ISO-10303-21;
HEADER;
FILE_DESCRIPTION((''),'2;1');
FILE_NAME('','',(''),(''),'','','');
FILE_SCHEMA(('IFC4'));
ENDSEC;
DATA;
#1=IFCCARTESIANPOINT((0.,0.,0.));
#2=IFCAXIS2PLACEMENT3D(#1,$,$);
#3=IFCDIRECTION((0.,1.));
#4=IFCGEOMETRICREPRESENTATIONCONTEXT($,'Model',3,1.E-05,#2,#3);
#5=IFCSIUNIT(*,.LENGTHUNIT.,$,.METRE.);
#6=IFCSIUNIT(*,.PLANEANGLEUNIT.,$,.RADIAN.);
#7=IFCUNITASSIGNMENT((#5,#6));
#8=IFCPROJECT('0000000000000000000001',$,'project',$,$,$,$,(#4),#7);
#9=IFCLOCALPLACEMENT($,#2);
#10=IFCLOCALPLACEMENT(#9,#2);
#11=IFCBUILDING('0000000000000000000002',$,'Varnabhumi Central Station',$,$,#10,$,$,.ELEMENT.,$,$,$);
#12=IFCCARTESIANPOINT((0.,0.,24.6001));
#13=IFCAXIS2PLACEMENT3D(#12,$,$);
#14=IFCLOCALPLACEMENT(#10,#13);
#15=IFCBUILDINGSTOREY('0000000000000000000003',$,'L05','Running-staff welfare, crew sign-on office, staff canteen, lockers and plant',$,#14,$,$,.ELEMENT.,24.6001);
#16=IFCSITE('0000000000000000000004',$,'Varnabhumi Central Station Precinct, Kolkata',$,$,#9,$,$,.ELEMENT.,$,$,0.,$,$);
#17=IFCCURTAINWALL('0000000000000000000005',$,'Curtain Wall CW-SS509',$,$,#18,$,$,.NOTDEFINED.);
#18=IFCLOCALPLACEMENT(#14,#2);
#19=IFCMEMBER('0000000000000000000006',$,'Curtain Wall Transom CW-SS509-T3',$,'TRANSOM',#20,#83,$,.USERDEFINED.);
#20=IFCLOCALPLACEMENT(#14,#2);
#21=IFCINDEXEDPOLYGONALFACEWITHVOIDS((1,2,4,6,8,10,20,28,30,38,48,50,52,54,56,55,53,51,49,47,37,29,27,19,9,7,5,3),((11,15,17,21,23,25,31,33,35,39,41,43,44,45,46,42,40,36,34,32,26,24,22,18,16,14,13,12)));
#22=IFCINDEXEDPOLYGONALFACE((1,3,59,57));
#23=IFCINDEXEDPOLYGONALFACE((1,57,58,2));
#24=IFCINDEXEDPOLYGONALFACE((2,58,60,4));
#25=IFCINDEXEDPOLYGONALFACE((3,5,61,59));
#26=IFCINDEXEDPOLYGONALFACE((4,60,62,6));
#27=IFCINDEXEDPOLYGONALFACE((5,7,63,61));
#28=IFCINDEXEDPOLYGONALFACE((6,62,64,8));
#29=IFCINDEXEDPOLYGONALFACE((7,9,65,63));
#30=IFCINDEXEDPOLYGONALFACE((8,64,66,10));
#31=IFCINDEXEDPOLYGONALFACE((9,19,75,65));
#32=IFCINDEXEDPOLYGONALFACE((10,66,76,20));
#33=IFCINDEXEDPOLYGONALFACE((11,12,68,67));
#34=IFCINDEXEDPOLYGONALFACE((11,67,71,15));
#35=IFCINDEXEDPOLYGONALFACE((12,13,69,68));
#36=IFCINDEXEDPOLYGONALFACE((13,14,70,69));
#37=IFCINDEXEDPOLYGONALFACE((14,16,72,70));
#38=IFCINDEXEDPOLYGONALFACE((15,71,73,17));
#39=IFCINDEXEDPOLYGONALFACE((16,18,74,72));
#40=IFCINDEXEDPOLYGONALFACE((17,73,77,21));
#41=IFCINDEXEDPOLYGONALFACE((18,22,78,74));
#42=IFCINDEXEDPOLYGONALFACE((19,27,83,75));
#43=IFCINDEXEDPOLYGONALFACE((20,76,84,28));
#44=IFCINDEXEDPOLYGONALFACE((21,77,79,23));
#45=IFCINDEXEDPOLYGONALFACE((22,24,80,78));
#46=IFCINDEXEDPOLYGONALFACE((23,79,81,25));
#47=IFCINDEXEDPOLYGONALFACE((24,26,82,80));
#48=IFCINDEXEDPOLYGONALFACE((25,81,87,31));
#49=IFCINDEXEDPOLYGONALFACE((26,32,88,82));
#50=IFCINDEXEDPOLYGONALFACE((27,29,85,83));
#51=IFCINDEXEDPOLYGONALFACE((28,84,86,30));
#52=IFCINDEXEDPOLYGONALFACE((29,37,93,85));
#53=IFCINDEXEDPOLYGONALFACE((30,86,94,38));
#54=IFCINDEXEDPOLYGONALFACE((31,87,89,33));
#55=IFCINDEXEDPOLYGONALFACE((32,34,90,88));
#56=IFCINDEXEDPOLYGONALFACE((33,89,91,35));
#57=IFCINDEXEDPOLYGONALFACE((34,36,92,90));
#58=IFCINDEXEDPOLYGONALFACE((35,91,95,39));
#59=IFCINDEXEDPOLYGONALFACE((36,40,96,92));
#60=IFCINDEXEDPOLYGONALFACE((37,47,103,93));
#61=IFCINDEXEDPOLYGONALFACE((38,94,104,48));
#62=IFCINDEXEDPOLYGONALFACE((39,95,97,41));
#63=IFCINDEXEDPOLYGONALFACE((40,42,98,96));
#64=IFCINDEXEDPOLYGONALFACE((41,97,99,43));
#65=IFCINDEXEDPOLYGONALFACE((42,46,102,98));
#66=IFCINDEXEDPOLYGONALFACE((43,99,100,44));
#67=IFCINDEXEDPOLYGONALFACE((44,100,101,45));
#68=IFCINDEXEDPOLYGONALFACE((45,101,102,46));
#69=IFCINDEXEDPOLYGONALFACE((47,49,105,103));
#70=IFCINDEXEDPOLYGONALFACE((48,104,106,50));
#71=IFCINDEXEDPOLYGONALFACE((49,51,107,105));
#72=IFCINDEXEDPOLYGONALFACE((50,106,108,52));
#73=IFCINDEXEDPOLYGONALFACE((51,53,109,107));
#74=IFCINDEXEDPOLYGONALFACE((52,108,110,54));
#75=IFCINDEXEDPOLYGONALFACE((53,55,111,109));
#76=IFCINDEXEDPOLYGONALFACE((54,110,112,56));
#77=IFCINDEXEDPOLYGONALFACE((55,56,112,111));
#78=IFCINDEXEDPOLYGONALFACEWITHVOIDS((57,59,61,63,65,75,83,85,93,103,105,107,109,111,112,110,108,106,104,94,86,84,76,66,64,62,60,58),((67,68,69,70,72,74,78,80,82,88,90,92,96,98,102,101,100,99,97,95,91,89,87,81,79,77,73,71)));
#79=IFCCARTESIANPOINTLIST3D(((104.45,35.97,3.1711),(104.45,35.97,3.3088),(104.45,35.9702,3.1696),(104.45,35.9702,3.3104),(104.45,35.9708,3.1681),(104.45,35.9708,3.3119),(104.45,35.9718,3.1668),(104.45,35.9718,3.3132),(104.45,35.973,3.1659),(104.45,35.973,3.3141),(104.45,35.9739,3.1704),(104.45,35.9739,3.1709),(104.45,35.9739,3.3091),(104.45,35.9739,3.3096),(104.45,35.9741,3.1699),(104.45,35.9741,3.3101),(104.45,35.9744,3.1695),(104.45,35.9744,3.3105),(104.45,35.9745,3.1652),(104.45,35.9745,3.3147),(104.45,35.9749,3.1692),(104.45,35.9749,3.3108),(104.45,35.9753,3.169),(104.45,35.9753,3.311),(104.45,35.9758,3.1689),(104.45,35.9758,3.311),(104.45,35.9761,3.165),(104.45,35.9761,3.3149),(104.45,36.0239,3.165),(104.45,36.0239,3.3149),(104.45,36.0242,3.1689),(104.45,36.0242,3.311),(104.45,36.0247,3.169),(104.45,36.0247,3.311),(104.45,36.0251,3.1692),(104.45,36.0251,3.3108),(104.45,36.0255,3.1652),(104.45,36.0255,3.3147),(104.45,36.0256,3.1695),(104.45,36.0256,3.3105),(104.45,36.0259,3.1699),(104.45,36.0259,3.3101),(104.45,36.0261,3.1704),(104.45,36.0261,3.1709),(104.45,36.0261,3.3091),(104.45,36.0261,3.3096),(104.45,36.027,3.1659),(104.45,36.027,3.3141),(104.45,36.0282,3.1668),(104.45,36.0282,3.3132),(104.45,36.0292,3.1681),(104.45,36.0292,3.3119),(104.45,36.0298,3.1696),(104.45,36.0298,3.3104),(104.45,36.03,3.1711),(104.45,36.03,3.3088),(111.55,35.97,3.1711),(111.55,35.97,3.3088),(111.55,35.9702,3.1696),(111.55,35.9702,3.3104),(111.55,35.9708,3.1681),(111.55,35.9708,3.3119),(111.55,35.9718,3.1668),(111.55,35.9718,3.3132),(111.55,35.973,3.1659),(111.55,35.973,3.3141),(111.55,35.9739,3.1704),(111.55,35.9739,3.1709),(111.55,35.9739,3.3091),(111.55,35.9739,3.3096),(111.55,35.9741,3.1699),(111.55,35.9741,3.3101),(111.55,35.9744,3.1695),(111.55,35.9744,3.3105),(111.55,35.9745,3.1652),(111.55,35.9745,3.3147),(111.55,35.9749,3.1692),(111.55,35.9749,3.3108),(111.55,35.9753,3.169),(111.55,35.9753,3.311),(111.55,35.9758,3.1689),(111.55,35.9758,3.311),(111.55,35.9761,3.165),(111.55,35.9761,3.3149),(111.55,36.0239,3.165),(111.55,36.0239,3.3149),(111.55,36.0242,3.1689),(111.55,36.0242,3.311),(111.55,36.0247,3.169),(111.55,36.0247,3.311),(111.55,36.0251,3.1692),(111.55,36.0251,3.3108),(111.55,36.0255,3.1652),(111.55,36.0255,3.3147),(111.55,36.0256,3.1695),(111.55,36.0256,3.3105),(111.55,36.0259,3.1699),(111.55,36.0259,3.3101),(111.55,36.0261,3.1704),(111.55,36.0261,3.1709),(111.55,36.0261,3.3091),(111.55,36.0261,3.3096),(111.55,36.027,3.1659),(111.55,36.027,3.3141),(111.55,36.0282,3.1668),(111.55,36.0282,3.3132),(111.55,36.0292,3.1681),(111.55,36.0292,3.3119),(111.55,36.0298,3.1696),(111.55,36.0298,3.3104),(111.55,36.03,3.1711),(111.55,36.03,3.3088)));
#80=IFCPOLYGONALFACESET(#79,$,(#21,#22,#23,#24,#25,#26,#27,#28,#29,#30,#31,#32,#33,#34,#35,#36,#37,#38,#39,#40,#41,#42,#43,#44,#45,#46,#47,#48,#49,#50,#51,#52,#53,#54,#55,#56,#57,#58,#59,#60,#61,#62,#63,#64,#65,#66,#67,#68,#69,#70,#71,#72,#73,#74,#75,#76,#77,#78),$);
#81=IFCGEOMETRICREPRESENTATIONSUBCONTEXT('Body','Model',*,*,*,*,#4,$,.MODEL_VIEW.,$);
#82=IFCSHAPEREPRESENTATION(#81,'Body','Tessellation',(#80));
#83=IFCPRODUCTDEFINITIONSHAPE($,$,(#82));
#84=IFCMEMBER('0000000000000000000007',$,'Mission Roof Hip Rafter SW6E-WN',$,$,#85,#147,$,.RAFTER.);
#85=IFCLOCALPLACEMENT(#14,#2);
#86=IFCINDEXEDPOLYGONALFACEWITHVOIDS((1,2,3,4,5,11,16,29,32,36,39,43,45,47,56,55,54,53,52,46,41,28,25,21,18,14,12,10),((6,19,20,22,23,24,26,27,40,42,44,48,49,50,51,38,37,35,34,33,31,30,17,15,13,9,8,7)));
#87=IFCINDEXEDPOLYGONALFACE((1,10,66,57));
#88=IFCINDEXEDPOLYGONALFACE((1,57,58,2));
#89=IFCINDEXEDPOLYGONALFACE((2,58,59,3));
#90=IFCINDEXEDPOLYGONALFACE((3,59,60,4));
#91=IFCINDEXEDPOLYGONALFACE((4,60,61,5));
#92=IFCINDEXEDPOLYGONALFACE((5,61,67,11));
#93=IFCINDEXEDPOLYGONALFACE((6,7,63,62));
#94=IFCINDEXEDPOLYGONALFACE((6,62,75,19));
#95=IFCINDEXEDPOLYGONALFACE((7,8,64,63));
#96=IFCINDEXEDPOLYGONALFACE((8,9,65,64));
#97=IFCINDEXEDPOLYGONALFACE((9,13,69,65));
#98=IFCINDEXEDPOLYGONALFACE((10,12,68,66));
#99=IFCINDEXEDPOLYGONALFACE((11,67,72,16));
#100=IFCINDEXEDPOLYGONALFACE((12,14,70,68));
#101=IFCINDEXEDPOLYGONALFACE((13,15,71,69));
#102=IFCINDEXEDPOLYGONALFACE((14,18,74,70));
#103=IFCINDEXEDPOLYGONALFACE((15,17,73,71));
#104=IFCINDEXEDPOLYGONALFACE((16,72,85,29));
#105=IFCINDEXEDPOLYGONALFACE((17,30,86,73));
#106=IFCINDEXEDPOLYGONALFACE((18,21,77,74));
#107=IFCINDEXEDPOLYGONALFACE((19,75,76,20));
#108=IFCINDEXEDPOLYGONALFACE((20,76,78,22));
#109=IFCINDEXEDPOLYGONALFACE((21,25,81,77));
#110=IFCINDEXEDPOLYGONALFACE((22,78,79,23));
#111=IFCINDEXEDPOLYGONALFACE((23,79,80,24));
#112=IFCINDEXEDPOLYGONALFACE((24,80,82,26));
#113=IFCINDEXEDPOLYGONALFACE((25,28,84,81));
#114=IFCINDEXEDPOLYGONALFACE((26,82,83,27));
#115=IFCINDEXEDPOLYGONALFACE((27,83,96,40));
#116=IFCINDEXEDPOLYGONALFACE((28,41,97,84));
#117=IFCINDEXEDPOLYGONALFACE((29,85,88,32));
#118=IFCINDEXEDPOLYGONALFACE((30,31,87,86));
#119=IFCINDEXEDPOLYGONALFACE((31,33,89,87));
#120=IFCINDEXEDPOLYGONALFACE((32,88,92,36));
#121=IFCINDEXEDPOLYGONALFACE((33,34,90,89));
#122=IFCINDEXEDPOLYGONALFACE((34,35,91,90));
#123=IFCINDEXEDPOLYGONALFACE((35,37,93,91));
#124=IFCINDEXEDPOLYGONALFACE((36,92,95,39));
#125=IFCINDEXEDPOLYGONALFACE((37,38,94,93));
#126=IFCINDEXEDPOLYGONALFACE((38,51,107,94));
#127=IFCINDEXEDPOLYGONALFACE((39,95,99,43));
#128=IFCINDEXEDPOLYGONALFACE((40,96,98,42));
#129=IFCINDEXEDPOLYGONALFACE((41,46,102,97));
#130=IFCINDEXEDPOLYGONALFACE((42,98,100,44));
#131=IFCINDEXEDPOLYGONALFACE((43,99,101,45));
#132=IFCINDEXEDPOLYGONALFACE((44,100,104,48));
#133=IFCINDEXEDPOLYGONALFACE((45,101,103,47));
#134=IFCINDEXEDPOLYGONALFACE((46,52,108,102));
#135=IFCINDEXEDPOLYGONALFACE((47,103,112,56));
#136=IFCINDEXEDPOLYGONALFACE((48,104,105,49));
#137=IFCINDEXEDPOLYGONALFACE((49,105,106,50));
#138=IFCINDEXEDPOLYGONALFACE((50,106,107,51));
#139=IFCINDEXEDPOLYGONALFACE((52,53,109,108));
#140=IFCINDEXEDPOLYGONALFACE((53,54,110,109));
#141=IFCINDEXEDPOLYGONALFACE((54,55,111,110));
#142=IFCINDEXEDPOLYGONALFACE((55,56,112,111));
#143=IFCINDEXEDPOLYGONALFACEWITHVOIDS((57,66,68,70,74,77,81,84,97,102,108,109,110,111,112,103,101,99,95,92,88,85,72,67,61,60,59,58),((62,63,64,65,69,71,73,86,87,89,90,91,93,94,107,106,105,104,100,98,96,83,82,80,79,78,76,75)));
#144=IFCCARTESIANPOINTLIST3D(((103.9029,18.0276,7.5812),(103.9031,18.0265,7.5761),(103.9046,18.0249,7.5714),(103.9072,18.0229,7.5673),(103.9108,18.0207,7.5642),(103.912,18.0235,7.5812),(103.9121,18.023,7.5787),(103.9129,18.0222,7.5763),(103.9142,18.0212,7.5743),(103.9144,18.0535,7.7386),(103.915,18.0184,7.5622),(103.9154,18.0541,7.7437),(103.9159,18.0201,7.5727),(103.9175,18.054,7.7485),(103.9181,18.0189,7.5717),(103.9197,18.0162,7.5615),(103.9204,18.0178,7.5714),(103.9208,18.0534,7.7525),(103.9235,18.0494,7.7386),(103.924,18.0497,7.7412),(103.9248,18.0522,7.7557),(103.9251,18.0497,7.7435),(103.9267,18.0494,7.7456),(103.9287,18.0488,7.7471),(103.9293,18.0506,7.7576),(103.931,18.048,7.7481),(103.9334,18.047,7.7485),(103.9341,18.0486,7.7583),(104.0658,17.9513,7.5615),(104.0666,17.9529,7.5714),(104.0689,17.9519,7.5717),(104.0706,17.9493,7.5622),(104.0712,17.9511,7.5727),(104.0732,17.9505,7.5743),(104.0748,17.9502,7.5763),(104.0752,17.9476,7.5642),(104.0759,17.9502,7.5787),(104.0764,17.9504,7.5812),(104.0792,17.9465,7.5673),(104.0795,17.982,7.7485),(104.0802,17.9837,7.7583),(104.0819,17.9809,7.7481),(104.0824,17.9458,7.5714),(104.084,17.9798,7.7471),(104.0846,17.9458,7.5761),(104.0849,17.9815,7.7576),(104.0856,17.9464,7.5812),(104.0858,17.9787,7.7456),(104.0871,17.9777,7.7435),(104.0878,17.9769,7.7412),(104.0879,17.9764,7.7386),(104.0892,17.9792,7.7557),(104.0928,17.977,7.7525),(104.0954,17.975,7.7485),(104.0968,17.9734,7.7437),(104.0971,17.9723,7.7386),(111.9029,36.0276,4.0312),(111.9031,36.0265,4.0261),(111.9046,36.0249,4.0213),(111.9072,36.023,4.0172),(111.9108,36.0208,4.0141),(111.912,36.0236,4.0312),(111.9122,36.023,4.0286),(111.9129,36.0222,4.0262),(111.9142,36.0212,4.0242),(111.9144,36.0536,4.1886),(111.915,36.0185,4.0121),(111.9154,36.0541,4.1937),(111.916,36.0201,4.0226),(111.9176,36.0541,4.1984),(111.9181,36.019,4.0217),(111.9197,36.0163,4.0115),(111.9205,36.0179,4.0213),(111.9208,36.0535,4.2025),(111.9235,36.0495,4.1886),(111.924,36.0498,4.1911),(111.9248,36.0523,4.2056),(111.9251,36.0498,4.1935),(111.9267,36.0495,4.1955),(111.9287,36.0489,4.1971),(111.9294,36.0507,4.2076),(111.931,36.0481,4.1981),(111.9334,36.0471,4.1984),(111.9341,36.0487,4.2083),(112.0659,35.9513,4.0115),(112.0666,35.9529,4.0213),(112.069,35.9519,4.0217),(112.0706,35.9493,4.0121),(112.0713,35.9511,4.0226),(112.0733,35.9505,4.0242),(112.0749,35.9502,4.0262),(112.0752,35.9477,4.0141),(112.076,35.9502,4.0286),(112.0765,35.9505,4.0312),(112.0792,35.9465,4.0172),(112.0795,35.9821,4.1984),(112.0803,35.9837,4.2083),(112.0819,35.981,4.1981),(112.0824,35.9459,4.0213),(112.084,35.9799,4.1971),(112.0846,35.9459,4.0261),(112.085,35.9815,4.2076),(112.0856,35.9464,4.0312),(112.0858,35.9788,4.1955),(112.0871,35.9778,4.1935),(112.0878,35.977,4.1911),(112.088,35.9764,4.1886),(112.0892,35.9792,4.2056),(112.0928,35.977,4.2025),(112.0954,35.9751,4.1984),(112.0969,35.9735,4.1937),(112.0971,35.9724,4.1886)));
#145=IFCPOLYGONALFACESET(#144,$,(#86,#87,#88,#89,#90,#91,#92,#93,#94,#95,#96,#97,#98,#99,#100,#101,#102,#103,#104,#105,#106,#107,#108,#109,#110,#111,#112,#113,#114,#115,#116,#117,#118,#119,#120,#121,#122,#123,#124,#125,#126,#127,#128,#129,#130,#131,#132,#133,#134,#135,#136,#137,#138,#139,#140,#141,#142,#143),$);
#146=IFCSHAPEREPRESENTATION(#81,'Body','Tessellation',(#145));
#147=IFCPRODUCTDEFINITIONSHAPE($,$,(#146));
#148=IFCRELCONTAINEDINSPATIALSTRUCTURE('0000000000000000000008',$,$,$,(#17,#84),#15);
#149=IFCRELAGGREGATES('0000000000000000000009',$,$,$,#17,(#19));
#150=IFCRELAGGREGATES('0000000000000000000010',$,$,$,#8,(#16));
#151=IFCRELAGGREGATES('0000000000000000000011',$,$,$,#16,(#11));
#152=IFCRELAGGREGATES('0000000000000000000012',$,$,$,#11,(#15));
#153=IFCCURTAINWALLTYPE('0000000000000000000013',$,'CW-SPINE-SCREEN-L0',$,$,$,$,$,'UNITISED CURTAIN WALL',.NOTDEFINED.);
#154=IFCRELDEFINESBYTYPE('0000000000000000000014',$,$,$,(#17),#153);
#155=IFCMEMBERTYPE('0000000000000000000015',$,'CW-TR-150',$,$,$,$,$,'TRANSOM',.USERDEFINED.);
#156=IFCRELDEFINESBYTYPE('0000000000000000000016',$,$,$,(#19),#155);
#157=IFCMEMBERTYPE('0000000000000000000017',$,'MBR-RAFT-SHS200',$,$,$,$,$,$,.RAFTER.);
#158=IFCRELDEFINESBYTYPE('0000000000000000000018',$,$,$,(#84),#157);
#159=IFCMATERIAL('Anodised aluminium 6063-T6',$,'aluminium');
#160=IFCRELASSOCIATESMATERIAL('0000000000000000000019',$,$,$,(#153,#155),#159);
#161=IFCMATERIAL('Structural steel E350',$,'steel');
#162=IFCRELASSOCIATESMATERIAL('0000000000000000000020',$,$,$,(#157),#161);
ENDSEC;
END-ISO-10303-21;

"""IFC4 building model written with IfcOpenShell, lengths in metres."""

from ifc_helpers import new_model, si_unit, direction, frame, origin, origin_2d, place, context, subcontext, project, spatial, hollow_rectangle, extrude, material, material_profile, profile_set, type_object, element, aggregate, save


model = new_model("IFC4")

# Units and contexts
model_context = context("Model", 3, precision=1e-05, world=origin(), true_north=direction((0.0, 1.0)))
body_context = subcontext(model_context, "Body", "Model", "MODEL_VIEW")
ifc_project = project(units=[si_unit("LENGTHUNIT", "METRE"), si_unit("PLANEANGLEUNIT", "RADIAN")], contexts=[model_context])

# Site, building, storey
site_placement = place(None, origin())
site = spatial("IfcSite", under=ifc_project, at=site_placement, Name="Varnabhumi Central Station Precinct, Kolkata", CompositionType="ELEMENT", RefElevation=0.0)
building_placement = place(site_placement, origin())
building = spatial("IfcBuilding", under=site, at=building_placement, Name="Varnabhumi Central Station", CompositionType="ELEMENT")
storey_placement = place(building_placement, frame((0.0, 0.0, 24.6001)))
storey = spatial("IfcBuildingStorey", under=building, at=storey_placement, Name="L05", Description="Running-staff welfare, crew sign-on office, staff canteen, lockers and plant", CompositionType="ELEMENT", Elevation=24.6001)

# Shared definitions
ifc_material_1 = material(Name="Structural steel E350", Category="steel")

# Curtain wall, member
ifc_material_2 = material(Name="Anodised aluminium 6063-T6", Category="aluminium")
curtain_wall_type = type_object("IfcCurtainWallType", Name="CW-SPINE-SCREEN-L0", ElementType="UNITISED CURTAIN WALL", PredefinedType="NOTDEFINED", material=ifc_material_2)
curtain_wall_placement = place(storey_placement, origin())
curtain_wall = element("IfcCurtainWall", 1, at=curtain_wall_placement, inside=storey, type_object=curtain_wall_type, Name="Curtain Wall CW-SS509", PredefinedType="NOTDEFINED")
ifc_material_profile_1 = material_profile(ifc_material_2, hollow_rectangle(XDim=0.0601, YDim=0.1499, WallThickness=0.0039, InnerFilletRadius=0.002, OuterFilletRadius=0.0061, at=origin_2d()), Name="Anodised aluminium 6063-T6", Category="aluminium")
ifc_profile_set_1 = profile_set([ifc_material_profile_1], Name="Anodised aluminium 6063-T6")
member_type_1 = type_object("IfcMemberType", Name="CW-TR-150", ElementType="TRANSOM", PredefinedType="USERDEFINED", material=ifc_profile_set_1)
member_1_placement = place(storey_placement, frame((104.45, 36.0, 3.24), z_axis=(1.0, 0.0, 0.0), x_axis=(0.0, 1.0, 0.0)))
member_1 = element("IfcMember", 2, at=member_1_placement, type_object=member_type_1, Name="Curtain Wall Transom CW-SS509-T3", ObjectType="TRANSOM", PredefinedType="USERDEFINED", context=body_context, shape_type="SweptSolid", body=[
    extrude(hollow_rectangle(XDim=0.0601, YDim=0.1499, WallThickness=0.0039, InnerFilletRadius=0.002, OuterFilletRadius=0.0061, at=origin_2d()), origin(), (0.0, 0.0, 1.0), 7.1001),
])

# Member
ifc_material_profile_2 = material_profile(ifc_material_1, hollow_rectangle(XDim=0.2, YDim=0.2, WallThickness=0.01, InnerFilletRadius=0.01, OuterFilletRadius=0.02, at=origin_2d()), Name="Structural steel E350", Category="steel")
ifc_profile_set_2 = profile_set([ifc_material_profile_2], Name="Structural steel E350")
member_type_2 = type_object("IfcMemberType", Name="MBR-RAFT-SHS200", PredefinedType="RAFTER", material=ifc_profile_set_2)
member_2_placement = place(storey_placement, frame((112.0, 36.0, 4.1099), z_axis=(-0.399699, -0.899323, 0.177369), x_axis=(0.913812, -0.406138, 0.0)))
element("IfcMember", 3, at=member_2_placement, inside=storey, type_object=member_type_2, Name="Mission Roof Hip Rafter SW6E-WN", PredefinedType="RAFTER", context=body_context, shape_type="SweptSolid", body=[
    extrude(hollow_rectangle(XDim=0.2, YDim=0.2, WallThickness=0.01, InnerFilletRadius=0.01, OuterFilletRadius=0.02, at=origin_2d()), origin(), (0.0, 0.0, 1.0), 20.0151),
])

aggregate(curtain_wall, [member_1])

save(model, "model.ifc")
